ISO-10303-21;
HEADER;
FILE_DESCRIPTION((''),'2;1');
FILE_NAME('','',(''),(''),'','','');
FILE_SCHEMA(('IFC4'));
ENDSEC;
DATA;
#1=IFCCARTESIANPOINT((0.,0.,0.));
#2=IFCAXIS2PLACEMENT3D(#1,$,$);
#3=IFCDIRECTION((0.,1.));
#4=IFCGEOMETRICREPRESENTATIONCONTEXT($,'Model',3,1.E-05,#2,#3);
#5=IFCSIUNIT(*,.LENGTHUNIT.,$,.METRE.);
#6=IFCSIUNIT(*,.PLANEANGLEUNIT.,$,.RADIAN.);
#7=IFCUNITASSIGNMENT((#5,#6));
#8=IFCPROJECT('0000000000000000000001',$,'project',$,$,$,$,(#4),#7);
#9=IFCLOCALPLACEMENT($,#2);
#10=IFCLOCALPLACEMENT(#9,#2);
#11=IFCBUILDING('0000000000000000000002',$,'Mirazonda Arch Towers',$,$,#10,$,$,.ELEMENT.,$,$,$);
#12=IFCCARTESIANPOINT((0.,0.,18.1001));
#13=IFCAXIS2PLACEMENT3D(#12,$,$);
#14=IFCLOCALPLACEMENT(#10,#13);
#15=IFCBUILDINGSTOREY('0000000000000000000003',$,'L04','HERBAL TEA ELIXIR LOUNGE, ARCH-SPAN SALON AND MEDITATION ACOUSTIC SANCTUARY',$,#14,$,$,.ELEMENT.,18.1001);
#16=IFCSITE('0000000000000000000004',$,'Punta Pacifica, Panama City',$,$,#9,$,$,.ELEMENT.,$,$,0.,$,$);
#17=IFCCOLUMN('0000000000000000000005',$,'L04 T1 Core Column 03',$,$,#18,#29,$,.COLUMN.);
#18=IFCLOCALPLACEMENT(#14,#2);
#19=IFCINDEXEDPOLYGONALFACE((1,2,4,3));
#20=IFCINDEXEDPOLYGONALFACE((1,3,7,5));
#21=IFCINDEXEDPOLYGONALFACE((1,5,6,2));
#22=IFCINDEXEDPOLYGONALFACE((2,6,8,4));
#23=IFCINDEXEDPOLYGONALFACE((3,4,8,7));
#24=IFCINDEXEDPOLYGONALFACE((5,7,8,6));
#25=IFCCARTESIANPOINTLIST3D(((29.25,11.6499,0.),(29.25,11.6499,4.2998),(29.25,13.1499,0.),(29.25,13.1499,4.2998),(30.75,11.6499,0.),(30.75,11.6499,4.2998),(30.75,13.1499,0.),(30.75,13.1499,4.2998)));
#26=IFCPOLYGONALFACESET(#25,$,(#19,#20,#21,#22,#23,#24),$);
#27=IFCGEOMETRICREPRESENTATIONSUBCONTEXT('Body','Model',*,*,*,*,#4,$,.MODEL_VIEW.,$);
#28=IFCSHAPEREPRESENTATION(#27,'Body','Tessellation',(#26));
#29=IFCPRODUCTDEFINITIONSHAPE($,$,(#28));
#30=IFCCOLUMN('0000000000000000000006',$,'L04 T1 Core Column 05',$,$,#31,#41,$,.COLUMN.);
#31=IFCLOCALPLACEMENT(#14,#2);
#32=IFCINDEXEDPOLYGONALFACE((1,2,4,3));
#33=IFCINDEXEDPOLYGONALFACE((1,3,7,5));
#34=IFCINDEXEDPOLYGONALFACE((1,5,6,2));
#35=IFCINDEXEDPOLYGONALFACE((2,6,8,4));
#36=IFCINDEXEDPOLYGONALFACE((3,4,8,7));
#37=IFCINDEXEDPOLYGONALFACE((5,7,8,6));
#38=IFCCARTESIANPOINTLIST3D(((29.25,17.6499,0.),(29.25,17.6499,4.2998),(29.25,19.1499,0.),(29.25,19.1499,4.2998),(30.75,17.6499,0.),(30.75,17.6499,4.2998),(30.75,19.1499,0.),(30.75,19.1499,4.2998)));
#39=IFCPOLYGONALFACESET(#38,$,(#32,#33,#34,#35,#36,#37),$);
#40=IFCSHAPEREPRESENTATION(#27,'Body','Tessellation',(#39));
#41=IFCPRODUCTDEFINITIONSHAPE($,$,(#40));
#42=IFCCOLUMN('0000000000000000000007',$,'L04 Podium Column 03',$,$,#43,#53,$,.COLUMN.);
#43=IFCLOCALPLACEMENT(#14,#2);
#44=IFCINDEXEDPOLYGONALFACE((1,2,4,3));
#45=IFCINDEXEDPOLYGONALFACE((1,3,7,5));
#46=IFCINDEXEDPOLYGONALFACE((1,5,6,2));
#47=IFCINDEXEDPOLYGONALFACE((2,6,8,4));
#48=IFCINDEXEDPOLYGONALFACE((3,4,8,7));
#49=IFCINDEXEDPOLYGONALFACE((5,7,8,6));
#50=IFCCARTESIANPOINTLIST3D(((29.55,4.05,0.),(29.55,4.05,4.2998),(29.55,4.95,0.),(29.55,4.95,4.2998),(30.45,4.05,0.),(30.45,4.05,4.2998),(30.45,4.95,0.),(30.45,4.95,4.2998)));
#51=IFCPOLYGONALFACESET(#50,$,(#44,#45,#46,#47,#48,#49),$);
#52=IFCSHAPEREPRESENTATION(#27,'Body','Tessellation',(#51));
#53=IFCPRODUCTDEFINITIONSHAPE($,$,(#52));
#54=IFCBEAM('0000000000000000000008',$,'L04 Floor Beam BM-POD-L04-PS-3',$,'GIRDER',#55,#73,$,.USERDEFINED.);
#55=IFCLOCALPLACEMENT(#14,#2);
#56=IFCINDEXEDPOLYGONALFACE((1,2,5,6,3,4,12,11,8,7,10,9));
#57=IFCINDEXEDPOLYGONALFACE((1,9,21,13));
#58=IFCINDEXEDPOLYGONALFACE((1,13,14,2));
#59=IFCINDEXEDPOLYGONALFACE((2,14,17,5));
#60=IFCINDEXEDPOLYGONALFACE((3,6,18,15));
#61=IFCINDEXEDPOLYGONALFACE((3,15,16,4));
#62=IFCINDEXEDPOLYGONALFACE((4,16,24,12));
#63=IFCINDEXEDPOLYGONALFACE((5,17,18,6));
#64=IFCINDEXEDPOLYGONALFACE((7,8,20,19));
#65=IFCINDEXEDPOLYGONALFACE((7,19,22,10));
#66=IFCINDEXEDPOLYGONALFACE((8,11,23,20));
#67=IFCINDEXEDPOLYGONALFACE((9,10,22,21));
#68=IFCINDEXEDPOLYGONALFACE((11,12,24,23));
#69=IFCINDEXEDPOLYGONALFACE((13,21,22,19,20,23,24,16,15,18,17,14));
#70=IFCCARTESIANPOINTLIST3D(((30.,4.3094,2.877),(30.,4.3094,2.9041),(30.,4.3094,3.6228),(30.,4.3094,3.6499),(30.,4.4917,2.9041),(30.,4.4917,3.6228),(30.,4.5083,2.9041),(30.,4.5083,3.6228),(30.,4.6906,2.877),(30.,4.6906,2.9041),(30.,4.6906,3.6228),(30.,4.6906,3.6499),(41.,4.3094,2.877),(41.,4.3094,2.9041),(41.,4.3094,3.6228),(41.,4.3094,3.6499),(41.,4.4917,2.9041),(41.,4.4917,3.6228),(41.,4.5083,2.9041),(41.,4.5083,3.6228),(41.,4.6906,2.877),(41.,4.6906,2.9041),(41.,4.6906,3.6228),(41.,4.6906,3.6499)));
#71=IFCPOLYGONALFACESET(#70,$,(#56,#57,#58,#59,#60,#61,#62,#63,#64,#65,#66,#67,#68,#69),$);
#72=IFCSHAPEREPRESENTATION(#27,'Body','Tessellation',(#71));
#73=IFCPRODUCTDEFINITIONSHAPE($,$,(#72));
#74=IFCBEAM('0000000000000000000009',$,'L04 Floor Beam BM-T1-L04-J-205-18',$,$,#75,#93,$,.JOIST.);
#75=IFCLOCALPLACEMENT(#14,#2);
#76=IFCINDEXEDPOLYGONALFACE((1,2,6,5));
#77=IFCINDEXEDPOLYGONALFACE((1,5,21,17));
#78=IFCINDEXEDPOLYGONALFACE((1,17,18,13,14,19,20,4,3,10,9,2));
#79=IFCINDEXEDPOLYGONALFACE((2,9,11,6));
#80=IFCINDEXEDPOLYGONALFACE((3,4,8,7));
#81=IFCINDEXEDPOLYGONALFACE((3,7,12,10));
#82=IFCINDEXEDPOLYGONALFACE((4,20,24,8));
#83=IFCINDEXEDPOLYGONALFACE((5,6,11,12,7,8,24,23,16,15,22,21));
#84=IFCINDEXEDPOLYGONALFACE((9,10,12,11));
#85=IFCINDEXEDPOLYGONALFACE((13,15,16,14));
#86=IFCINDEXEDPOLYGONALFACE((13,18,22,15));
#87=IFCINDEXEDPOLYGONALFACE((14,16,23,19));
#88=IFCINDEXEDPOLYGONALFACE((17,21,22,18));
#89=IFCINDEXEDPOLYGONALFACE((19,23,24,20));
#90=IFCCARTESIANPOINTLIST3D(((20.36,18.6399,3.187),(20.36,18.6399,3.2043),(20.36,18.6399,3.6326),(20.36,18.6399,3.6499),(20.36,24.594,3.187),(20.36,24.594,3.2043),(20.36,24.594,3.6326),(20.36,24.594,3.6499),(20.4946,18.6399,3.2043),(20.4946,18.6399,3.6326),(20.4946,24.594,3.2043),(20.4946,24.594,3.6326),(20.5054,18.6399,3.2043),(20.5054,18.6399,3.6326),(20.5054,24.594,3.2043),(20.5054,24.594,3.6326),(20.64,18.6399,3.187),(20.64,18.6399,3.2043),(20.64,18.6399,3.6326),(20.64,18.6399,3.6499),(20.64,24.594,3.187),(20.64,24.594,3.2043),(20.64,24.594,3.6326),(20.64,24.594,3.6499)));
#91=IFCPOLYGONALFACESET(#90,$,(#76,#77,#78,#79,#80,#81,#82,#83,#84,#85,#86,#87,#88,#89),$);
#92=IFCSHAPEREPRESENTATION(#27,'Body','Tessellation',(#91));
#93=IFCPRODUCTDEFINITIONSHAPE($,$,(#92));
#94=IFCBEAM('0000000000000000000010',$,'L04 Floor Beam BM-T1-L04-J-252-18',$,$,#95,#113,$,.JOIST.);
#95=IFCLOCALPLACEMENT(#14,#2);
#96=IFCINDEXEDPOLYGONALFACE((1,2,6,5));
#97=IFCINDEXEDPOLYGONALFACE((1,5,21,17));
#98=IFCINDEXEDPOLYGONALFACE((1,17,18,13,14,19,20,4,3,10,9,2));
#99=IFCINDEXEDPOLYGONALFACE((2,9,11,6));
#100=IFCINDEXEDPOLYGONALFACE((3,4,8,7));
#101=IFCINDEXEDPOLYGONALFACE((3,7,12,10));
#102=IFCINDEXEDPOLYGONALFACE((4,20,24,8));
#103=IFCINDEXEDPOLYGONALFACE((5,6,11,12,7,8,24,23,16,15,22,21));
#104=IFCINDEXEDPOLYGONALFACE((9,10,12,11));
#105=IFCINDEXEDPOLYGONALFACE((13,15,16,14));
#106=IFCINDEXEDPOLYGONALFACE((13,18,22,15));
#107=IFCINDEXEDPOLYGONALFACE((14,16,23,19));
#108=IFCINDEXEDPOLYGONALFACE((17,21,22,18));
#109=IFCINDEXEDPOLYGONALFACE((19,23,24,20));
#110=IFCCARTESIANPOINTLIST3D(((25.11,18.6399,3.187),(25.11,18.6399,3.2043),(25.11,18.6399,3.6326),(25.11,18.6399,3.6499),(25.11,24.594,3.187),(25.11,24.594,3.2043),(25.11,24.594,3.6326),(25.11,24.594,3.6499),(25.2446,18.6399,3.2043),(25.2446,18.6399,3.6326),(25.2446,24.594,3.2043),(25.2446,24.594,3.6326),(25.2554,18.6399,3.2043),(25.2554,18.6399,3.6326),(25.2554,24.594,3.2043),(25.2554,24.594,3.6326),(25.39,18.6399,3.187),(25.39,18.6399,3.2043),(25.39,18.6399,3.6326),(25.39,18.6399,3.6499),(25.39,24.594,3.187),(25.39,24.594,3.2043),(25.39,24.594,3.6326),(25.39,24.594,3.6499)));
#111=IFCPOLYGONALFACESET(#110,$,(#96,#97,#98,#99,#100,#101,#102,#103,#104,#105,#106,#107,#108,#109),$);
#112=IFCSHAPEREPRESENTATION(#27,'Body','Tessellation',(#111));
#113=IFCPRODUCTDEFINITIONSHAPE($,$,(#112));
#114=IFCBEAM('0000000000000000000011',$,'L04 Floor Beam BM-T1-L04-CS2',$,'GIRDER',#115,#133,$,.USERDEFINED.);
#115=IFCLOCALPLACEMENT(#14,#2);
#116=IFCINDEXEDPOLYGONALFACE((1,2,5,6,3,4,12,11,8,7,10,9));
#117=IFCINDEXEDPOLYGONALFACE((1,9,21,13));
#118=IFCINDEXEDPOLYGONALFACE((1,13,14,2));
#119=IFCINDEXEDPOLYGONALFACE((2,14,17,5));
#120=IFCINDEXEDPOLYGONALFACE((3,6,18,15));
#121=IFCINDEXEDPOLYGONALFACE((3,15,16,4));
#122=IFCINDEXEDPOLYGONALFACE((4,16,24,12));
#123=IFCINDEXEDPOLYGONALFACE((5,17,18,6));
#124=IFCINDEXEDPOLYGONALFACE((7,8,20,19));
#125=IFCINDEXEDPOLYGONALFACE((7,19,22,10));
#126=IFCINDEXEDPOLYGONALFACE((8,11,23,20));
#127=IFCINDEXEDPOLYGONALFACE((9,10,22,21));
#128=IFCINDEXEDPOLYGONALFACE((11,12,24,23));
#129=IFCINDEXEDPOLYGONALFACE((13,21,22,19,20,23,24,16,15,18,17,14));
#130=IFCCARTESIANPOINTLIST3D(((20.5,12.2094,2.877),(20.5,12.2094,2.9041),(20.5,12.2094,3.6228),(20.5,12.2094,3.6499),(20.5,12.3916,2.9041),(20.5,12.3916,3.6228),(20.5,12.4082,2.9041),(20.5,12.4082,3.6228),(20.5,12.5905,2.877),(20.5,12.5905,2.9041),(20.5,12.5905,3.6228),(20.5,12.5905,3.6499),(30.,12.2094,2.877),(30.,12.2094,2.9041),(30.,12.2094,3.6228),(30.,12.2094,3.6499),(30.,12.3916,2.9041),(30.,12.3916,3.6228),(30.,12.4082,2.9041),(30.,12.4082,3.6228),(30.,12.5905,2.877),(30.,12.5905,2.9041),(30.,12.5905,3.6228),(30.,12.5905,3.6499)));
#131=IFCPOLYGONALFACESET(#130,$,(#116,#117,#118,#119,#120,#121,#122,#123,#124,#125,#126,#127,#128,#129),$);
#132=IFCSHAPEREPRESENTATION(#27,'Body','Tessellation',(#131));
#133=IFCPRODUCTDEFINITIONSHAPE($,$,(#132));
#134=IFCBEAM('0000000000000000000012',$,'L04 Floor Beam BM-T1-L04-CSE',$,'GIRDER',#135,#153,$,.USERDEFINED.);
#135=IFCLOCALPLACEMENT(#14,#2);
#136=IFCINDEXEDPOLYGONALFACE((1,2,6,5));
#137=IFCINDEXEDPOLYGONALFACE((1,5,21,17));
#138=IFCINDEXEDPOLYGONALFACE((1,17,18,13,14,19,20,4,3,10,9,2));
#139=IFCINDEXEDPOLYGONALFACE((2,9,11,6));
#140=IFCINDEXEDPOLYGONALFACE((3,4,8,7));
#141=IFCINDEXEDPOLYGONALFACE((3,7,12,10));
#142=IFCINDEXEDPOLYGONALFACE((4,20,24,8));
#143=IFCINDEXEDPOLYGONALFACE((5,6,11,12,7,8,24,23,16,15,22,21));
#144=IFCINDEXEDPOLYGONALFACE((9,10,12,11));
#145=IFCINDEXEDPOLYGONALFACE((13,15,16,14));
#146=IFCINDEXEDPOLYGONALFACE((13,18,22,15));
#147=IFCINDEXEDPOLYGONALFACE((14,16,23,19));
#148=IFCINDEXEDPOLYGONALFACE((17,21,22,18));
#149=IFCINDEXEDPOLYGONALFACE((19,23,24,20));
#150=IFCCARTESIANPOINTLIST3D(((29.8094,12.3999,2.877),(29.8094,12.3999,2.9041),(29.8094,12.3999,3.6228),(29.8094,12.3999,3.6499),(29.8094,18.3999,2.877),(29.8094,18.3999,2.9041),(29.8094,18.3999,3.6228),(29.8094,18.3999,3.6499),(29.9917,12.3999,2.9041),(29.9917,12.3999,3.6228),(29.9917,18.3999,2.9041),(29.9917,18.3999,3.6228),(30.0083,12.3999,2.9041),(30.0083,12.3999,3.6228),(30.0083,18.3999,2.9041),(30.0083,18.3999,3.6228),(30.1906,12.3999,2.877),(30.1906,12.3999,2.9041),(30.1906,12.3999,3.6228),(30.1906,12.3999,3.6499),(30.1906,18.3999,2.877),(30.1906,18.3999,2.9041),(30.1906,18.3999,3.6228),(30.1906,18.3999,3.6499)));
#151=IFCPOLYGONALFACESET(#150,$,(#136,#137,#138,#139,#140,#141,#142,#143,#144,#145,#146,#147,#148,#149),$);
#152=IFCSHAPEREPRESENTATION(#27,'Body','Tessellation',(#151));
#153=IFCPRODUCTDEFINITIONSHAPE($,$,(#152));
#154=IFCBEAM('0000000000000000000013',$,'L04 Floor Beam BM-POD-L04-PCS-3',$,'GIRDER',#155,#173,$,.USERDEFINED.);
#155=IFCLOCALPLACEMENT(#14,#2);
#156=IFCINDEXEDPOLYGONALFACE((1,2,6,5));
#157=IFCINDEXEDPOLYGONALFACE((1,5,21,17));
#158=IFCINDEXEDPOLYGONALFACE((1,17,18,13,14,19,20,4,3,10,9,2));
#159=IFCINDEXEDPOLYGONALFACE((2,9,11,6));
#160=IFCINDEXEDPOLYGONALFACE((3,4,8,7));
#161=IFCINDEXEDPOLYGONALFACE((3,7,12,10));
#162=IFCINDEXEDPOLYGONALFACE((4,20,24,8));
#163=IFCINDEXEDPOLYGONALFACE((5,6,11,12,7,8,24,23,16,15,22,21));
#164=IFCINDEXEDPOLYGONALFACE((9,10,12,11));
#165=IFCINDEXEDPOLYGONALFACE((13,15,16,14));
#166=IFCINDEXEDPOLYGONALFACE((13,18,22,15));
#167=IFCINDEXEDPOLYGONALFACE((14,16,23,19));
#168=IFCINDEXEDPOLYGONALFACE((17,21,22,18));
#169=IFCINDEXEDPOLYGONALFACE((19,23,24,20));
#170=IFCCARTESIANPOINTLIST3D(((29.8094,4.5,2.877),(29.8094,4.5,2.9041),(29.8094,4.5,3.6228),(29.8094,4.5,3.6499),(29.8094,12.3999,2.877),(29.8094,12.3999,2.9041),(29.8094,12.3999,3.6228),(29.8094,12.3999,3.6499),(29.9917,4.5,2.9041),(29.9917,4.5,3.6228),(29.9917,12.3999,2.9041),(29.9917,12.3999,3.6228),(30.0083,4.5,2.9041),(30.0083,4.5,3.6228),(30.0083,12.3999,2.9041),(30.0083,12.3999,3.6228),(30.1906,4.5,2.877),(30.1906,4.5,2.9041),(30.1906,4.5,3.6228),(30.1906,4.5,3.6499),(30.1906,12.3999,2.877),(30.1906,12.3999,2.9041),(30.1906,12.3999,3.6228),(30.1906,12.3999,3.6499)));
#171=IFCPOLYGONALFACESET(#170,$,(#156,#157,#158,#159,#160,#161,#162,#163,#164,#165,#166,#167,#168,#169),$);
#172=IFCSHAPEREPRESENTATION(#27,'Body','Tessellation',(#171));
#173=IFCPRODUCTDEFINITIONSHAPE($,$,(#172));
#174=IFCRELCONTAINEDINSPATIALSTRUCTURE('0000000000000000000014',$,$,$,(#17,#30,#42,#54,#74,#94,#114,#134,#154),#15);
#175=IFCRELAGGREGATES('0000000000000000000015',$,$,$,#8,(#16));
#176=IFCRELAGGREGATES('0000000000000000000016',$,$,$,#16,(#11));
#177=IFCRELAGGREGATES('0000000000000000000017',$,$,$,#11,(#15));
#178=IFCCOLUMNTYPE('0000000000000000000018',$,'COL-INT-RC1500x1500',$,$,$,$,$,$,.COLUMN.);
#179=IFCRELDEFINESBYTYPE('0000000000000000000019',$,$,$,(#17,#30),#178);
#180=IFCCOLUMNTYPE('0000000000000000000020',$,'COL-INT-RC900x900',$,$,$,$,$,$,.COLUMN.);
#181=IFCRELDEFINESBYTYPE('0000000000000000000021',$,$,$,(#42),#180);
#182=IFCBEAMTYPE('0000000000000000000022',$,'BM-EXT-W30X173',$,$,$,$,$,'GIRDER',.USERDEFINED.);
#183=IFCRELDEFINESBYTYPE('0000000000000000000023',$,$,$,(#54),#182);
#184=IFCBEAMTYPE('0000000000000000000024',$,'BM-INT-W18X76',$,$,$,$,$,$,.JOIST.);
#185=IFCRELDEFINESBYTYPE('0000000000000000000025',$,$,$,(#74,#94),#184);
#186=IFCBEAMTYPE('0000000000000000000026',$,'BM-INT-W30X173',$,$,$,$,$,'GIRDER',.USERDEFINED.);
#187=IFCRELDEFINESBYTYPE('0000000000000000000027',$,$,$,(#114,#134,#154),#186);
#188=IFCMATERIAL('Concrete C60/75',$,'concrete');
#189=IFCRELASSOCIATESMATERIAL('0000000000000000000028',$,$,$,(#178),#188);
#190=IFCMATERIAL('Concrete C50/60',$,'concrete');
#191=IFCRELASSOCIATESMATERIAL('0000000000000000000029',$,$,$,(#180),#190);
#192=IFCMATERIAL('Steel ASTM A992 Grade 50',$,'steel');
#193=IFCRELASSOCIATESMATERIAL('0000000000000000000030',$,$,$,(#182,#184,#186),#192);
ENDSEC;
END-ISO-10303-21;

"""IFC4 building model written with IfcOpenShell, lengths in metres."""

from ifc_helpers import new_model, si_unit, direction, frame, origin, origin_2d, place, context, subcontext, project, spatial, rectangle, i_section, extrude, material, material_profile, profile_set, type_object, element, save


model = new_model("IFC4")

# Units and contexts
model_context = context("Model", 3, precision=1e-05, world=origin(), true_north=direction((0.0, 1.0)))
body_context = subcontext(model_context, "Body", "Model", "MODEL_VIEW")
ifc_project = project(units=[si_unit("LENGTHUNIT", "METRE"), si_unit("PLANEANGLEUNIT", "RADIAN")], contexts=[model_context])

# Site, building, storey
site_placement = place(None, origin())
site = spatial("IfcSite", under=ifc_project, at=site_placement, Name="Punta Pacifica, Panama City", CompositionType="ELEMENT", RefElevation=0.0)
building_placement = place(site_placement, origin())
building = spatial("IfcBuilding", under=site, at=building_placement, Name="Mirazonda Arch Towers", CompositionType="ELEMENT")
storey_placement = place(building_placement, frame((0.0, 0.0, 18.1001)))
storey = spatial("IfcBuildingStorey", under=building, at=storey_placement, Name="L04", Description="HERBAL TEA ELIXIR LOUNGE, ARCH-SPAN SALON AND MEDITATION ACOUSTIC SANCTUARY", CompositionType="ELEMENT", Elevation=18.1001)

# Columns
ifc_material_1 = material(Name="Concrete C60/75", Category="concrete")
ifc_material_profile_1 = material_profile(ifc_material_1, rectangle(XDim=1.5, YDim=1.5, at=origin_2d()), Name="RC1500x1500")
ifc_profile_set_1 = profile_set([ifc_material_profile_1], Name="Concrete C60/75")
column_type_1 = type_object("IfcColumnType", Name="COL-INT-RC1500x1500", PredefinedType="COLUMN", material=ifc_profile_set_1)
for number, where, z_axis, x_axis, name in (
    (1, (30.0, 12.3999, 0.0), (0.0, 0.0, 1.0), (1.0, 0.0, 0.0), "L04 T1 Core Column 03"),
    (2, (30.0, 18.3999, 0.0), (0.0, 0.0, 1.0), (1.0, 0.0, 0.0), "L04 T1 Core Column 05"),
):
    element("IfcColumn", number, at=place(storey_placement, frame(where, z_axis=z_axis, x_axis=x_axis)), inside=storey, type_object=column_type_1, Name=name, PredefinedType="COLUMN", context=body_context, shape_type="SweptSolid", body=[
        extrude(rectangle(XDim=1.5, YDim=1.5, at=origin_2d()), origin(), (0.0, 0.0, 1.0), 4.2998),
    ])
ifc_material_2 = material(Name="Concrete C50/60", Category="concrete")
ifc_material_profile_2 = material_profile(ifc_material_2, rectangle(XDim=0.8999, YDim=0.8999, at=origin_2d()), Name="RC900x900")
ifc_profile_set_2 = profile_set([ifc_material_profile_2], Name="Concrete C50/60")
column_type_2 = type_object("IfcColumnType", Name="COL-INT-RC900x900", PredefinedType="COLUMN", material=ifc_profile_set_2)
column_placement = place(storey_placement, frame((30.0, 4.5, 0.0), z_axis=(0.0, 0.0, 1.0), x_axis=(1.0, 0.0, 0.0)))
element("IfcColumn", 3, at=column_placement, inside=storey, type_object=column_type_2, Name="L04 Podium Column 03", PredefinedType="COLUMN", context=body_context, shape_type="SweptSolid", body=[
    extrude(rectangle(XDim=0.8999, YDim=0.8999, at=origin_2d()), origin(), (0.0, 0.0, 1.0), 4.2998),
])

# Beams
ifc_material_3 = material(Name="Steel ASTM A992 Grade 50", Category="steel")
ifc_material_profile_3 = material_profile(ifc_material_3, i_section(OverallWidth=0.3811, OverallDepth=0.7729, WebThickness=0.0166, FlangeThickness=0.0271, at=origin_2d()), Name="W30X173")
ifc_profile_set_3 = profile_set([ifc_material_profile_3], Name="Steel ASTM A992 Grade 50")
beam_type_1 = type_object("IfcBeamType", Name="BM-EXT-W30X173", ElementType="GIRDER", PredefinedType="USERDEFINED", material=ifc_profile_set_3)
beam_1_placement = place(storey_placement, frame((30.0, 4.5, 3.2634), z_axis=(1.0, 0.0, 0.0), x_axis=(0.0, 1.0, 0.0)))
element("IfcBeam", 4, at=beam_1_placement, inside=storey, type_object=beam_type_1, Name="L04 Floor Beam BM-POD-L04-PS-3", ObjectType="GIRDER", PredefinedType="USERDEFINED", context=body_context, shape_type="SweptSolid", body=[
    extrude(i_section(OverallWidth=0.3811, OverallDepth=0.7729, WebThickness=0.0166, FlangeThickness=0.0271, at=origin_2d()), origin(), (0.0, 0.0, 1.0), 11.0),
])
ifc_material_profile_4 = material_profile(ifc_material_3, i_section(OverallWidth=0.28, OverallDepth=0.4629, WebThickness=0.0107, FlangeThickness=0.0173, at=origin_2d()), Name="W18X76")
ifc_profile_set_4 = profile_set([ifc_material_profile_4], Name="Steel ASTM A992 Grade 50")
beam_type_2 = type_object("IfcBeamType", Name="BM-INT-W18X76", PredefinedType="JOIST", material=ifc_profile_set_4)
for number, where, z_axis, x_axis, name in (
    (5, (20.5, 18.6399, 3.4185), (0.0, 1.0, 0.0), (-1.0, 0.0, 0.0), "L04 Floor Beam BM-T1-L04-J-205-18"),
    (6, (25.25, 18.6399, 3.4185), (0.0, 1.0, 0.0), (-1.0, 0.0, 0.0), "L04 Floor Beam BM-T1-L04-J-252-18"),
):
    element("IfcBeam", number, at=place(storey_placement, frame(where, z_axis=z_axis, x_axis=x_axis)), inside=storey, type_object=beam_type_2, Name=name, PredefinedType="JOIST", context=body_context, shape_type="SweptSolid", body=[
        extrude(i_section(OverallWidth=0.28, OverallDepth=0.4629, WebThickness=0.0107, FlangeThickness=0.0173, at=origin_2d()), origin(), (0.0, 0.0, 1.0), 5.9541),
    ])
ifc_material_profile_5 = material_profile(ifc_material_3, i_section(OverallWidth=0.3811, OverallDepth=0.7729, WebThickness=0.0166, FlangeThickness=0.0271, at=origin_2d()), Name="W30X173")
ifc_profile_set_5 = profile_set([ifc_material_profile_5], Name="Steel ASTM A992 Grade 50")
beam_type_3 = type_object("IfcBeamType", Name="BM-INT-W30X173", ElementType="GIRDER", PredefinedType="USERDEFINED", material=ifc_profile_set_5)
beam_2_placement = place(storey_placement, frame((20.5, 12.3999, 3.2634), z_axis=(1.0, 0.0, 0.0), x_axis=(0.0, 1.0, 0.0)))
element("IfcBeam", 7, at=beam_2_placement, inside=storey, type_object=beam_type_3, Name="L04 Floor Beam BM-T1-L04-CS2", ObjectType="GIRDER", PredefinedType="USERDEFINED", context=body_context, shape_type="SweptSolid", body=[
    extrude(i_section(OverallWidth=0.3811, OverallDepth=0.7729, WebThickness=0.0166, FlangeThickness=0.0271, at=origin_2d()), origin(), (0.0, 0.0, 1.0), 9.5),
])
beam_3_placement = place(storey_placement, frame((30.0, 12.3999, 3.2634), z_axis=(0.0, 1.0, 0.0), x_axis=(-1.0, 0.0, 0.0)))
element("IfcBeam", 8, at=beam_3_placement, inside=storey, type_object=beam_type_3, Name="L04 Floor Beam BM-T1-L04-CSE", ObjectType="GIRDER", PredefinedType="USERDEFINED", context=body_context, shape_type="SweptSolid", body=[
    extrude(i_section(OverallWidth=0.3811, OverallDepth=0.7729, WebThickness=0.0166, FlangeThickness=0.0271, at=origin_2d()), origin(), (0.0, 0.0, 1.0), 6.0),
])
beam_4_placement = place(storey_placement, frame((30.0, 4.5, 3.2634), z_axis=(0.0, 1.0, 0.0), x_axis=(-1.0, 0.0, 0.0)))
element("IfcBeam", 9, at=beam_4_placement, inside=storey, type_object=beam_type_3, Name="L04 Floor Beam BM-POD-L04-PCS-3", ObjectType="GIRDER", PredefinedType="USERDEFINED", context=body_context, shape_type="SweptSolid", body=[
    extrude(i_section(OverallWidth=0.3811, OverallDepth=0.7729, WebThickness=0.0166, FlangeThickness=0.0271, at=origin_2d()), origin(), (0.0, 0.0, 1.0), 7.8999),
])

save(model, "model.ifc")
